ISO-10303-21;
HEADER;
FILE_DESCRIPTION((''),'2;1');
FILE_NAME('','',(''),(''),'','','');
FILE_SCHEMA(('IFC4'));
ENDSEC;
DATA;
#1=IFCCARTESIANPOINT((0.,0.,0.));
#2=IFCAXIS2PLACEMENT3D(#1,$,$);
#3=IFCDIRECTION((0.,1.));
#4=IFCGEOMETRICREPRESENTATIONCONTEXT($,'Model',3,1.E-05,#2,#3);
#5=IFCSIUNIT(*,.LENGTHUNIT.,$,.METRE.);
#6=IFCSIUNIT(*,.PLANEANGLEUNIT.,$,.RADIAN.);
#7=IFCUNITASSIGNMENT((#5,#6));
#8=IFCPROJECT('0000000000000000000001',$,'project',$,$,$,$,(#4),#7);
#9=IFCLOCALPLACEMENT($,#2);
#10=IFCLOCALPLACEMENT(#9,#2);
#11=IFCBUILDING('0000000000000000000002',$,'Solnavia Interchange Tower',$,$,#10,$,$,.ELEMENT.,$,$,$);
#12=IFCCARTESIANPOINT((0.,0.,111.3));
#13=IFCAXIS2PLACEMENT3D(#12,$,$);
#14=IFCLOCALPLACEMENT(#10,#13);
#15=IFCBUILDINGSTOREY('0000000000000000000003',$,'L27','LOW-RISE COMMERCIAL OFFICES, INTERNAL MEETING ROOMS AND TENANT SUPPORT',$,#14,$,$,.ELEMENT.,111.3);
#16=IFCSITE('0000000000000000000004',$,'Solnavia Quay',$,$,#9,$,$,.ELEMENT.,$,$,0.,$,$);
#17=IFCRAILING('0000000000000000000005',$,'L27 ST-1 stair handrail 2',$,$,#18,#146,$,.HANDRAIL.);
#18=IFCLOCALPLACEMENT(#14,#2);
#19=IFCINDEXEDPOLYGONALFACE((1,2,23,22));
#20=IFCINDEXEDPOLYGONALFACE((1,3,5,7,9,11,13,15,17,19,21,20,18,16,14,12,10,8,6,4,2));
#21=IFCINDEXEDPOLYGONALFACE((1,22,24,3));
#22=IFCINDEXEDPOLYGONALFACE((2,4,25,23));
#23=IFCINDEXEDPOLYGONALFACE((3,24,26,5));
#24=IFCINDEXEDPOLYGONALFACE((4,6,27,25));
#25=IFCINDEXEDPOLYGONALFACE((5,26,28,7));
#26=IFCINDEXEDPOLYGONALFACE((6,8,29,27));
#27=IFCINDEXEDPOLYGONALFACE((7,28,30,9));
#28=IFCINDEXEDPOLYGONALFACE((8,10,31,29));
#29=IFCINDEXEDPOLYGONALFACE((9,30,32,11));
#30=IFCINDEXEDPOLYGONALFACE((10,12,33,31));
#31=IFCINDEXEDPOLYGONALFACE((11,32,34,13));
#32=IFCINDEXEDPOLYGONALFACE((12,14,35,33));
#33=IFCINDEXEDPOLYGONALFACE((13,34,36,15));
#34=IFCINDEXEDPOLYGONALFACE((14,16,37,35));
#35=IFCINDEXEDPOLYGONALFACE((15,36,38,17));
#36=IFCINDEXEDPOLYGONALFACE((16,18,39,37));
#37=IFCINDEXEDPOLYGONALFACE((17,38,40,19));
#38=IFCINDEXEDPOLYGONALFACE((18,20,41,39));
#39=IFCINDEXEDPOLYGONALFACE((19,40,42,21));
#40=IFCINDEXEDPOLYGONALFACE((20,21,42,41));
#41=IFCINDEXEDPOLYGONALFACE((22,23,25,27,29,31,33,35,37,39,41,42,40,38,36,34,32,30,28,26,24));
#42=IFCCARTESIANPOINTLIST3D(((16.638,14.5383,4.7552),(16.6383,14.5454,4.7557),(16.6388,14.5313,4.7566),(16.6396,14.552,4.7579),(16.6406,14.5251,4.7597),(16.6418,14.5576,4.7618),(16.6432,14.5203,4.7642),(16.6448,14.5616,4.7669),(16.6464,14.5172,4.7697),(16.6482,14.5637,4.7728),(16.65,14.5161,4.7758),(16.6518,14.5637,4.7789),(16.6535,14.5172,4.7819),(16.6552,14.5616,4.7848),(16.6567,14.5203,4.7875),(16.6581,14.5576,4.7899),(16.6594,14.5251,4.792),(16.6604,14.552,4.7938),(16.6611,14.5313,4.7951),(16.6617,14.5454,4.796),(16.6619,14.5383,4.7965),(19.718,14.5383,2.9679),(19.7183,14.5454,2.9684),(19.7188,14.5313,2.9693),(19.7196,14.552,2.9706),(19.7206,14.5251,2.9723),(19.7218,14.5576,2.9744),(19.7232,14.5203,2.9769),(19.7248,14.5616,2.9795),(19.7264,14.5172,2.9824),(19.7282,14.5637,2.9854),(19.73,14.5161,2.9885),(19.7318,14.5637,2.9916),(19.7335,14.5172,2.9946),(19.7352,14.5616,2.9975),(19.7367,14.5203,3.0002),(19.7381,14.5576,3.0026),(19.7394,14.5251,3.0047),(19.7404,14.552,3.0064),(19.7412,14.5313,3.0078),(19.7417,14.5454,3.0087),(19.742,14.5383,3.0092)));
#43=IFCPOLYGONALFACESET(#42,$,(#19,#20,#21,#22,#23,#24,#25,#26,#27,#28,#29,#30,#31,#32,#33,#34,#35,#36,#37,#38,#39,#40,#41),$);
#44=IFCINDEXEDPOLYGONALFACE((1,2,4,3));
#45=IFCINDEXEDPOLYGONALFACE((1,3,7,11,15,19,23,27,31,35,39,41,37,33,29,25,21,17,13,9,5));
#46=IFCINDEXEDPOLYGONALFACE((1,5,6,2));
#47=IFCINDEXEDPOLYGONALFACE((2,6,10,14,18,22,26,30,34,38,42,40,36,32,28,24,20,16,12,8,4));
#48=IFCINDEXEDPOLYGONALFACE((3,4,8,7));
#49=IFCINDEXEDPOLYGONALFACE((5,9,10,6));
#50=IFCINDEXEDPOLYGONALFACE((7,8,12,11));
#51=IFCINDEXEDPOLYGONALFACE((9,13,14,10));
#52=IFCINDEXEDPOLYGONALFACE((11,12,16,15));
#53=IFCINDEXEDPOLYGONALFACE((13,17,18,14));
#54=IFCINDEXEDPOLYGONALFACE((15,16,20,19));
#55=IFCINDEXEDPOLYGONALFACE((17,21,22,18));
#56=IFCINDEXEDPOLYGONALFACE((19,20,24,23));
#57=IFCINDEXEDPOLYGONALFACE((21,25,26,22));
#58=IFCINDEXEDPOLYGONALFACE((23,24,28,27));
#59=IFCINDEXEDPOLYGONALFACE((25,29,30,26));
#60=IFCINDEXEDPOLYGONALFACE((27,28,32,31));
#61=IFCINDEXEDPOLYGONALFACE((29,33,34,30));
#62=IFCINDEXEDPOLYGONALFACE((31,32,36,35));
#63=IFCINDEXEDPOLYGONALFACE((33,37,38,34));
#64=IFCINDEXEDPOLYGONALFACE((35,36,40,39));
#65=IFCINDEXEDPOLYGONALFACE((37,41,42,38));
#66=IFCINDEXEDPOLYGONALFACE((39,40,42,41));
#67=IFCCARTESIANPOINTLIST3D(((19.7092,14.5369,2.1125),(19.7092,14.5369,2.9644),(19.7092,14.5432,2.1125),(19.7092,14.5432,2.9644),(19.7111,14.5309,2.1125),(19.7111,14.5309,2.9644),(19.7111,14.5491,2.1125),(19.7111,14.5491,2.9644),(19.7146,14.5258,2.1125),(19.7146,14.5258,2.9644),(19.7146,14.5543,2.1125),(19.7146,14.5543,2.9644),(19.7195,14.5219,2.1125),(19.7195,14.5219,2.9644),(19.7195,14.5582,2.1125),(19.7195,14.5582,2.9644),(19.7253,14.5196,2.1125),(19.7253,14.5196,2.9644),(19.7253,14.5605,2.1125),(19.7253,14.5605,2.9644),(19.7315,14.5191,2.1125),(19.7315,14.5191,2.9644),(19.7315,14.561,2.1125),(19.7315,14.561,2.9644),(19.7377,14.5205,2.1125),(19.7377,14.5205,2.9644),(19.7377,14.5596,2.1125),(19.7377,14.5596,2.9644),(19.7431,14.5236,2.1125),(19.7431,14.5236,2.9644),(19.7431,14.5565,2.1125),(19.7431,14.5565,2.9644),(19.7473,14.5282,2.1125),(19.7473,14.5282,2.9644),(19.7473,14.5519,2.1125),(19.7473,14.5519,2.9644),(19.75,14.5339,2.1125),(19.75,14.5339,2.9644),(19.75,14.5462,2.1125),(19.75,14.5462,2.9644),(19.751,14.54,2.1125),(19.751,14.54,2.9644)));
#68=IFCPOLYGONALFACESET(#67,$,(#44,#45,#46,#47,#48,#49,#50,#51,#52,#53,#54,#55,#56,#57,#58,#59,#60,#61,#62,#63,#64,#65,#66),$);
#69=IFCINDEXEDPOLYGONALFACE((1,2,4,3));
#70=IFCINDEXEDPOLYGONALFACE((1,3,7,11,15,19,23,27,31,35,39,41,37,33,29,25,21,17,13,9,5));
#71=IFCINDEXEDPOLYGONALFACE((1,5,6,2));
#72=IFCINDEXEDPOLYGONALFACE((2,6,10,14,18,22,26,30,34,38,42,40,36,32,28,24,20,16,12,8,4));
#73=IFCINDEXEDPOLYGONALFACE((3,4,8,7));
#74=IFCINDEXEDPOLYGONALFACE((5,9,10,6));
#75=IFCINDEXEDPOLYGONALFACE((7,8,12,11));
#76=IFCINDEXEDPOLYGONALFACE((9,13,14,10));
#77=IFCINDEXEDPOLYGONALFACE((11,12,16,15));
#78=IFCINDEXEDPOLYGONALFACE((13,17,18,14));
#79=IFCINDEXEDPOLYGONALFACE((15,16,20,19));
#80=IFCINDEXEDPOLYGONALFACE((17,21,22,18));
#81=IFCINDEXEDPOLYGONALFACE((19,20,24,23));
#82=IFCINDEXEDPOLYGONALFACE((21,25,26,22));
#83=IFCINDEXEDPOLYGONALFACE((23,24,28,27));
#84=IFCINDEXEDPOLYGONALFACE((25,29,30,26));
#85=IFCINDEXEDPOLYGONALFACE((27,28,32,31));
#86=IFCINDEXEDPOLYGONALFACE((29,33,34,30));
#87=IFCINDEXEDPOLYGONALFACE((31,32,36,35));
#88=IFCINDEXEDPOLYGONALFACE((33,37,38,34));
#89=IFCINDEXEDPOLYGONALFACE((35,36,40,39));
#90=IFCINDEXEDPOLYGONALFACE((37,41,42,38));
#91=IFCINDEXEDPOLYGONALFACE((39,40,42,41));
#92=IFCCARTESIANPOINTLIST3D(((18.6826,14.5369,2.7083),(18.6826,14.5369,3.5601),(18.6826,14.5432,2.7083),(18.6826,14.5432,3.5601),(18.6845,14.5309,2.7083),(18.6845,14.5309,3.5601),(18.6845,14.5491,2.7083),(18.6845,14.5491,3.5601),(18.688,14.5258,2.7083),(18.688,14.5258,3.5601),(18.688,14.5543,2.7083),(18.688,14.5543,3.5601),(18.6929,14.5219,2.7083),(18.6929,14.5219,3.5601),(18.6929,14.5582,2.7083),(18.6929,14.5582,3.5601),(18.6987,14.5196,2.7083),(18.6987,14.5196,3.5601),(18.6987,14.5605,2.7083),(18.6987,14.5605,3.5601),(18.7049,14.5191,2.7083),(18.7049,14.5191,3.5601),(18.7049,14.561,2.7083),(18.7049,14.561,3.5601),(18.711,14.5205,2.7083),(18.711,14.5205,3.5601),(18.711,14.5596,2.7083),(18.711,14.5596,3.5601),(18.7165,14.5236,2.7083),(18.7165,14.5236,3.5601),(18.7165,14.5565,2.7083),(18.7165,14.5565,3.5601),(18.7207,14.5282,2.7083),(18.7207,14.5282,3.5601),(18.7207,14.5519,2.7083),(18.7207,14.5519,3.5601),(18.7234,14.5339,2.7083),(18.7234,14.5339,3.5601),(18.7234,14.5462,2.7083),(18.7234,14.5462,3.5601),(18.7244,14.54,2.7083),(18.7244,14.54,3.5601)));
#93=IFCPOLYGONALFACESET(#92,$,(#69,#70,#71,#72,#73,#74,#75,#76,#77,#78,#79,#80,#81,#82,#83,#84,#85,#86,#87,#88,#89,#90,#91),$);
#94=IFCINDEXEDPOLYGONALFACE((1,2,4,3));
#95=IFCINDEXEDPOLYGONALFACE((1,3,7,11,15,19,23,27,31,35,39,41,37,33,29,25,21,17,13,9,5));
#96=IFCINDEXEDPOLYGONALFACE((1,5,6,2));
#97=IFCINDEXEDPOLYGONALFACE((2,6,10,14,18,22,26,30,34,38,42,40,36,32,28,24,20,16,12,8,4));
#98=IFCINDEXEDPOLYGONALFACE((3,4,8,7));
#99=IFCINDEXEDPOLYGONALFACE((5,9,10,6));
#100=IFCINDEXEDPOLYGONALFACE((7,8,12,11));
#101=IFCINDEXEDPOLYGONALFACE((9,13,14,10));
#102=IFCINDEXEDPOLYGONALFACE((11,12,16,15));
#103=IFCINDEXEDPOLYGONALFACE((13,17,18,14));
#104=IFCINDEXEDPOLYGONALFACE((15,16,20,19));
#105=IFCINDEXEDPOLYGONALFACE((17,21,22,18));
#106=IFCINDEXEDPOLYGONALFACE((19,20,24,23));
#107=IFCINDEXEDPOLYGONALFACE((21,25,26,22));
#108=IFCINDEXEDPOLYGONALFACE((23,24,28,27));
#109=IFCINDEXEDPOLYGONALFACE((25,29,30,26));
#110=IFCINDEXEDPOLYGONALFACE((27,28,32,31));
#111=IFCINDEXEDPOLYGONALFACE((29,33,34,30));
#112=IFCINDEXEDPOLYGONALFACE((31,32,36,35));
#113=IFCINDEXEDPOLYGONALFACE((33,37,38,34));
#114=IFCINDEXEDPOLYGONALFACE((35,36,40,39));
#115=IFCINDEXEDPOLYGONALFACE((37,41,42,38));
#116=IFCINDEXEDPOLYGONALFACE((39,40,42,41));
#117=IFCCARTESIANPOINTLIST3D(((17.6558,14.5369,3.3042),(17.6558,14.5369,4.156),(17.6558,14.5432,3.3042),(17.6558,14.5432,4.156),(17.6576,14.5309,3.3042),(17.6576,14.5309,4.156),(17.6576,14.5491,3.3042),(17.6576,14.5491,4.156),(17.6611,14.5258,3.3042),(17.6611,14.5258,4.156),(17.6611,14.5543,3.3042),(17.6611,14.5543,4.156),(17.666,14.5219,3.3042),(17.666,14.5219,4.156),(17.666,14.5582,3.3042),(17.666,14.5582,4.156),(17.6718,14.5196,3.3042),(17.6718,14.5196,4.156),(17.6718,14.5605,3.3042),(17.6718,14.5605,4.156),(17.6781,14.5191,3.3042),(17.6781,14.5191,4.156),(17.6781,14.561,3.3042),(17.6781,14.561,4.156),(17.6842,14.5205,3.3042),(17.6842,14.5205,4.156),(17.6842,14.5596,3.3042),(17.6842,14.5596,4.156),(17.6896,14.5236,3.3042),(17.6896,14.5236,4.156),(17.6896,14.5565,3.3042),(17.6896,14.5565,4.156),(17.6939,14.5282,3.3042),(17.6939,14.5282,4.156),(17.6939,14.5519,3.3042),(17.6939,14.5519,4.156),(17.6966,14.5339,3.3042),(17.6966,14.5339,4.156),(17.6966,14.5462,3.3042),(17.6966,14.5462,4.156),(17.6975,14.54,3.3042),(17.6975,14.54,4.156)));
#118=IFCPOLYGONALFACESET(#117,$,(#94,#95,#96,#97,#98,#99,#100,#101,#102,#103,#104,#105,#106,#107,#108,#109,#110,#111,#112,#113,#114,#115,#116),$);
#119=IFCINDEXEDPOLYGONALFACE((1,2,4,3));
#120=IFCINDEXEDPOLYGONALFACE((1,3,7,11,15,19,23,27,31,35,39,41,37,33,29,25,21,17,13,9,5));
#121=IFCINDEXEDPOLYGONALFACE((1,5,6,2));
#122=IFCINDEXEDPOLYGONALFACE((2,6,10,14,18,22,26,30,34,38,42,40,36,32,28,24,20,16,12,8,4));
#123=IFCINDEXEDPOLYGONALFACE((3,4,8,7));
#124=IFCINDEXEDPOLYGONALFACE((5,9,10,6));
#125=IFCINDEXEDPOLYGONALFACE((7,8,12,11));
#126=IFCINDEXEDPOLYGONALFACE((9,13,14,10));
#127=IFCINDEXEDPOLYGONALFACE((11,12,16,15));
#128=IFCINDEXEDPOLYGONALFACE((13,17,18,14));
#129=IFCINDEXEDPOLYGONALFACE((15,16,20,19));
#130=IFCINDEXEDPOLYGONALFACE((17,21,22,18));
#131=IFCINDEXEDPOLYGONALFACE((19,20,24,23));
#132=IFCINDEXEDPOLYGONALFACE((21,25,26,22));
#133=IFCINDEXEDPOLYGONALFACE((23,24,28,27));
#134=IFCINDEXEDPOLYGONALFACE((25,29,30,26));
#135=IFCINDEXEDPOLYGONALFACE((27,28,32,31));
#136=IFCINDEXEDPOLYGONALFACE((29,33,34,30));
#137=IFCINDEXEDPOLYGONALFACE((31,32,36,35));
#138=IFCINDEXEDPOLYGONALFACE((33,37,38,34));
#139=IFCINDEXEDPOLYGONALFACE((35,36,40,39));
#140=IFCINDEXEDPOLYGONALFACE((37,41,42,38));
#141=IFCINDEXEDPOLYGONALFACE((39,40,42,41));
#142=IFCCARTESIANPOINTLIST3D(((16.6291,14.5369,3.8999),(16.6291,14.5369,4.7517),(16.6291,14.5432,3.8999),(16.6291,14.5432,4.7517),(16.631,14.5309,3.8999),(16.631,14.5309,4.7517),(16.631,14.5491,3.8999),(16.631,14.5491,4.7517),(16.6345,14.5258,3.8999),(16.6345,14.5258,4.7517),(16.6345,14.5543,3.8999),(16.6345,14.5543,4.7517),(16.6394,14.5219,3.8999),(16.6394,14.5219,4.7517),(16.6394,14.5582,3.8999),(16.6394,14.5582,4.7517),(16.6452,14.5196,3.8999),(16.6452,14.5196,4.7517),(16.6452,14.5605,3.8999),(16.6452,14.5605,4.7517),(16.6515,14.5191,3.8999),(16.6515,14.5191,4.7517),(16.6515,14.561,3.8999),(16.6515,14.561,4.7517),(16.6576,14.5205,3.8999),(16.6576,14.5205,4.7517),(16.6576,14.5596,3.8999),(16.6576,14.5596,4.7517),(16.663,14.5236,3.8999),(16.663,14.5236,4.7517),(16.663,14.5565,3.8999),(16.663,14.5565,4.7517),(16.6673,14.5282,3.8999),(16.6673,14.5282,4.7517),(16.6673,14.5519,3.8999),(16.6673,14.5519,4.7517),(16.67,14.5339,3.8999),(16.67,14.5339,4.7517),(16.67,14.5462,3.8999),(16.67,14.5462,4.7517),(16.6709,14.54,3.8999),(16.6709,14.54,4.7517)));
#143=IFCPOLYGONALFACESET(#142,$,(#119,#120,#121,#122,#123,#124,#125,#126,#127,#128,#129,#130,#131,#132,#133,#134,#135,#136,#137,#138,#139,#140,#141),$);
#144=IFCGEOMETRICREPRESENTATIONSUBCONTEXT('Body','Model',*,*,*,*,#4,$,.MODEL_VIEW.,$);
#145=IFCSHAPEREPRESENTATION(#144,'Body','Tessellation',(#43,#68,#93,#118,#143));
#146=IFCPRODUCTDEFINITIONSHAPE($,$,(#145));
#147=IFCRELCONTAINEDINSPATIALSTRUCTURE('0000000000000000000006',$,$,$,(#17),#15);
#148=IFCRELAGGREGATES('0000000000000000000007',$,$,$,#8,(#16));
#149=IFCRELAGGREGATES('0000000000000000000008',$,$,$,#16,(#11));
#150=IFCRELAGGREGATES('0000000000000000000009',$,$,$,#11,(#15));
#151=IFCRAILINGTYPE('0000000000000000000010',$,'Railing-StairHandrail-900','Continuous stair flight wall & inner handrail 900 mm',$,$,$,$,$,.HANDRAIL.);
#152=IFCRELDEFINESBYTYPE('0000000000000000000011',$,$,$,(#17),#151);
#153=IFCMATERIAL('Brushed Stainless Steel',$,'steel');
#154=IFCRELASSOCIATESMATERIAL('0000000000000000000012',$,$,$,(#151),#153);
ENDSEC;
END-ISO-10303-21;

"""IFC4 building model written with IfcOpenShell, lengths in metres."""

from ifc_helpers import new_model, si_unit, direction, frame, origin, origin_2d, place, context, subcontext, project, spatial, circle, extrude, material, type_object, element, save


model = new_model("IFC4")

# Units and contexts
model_context = context("Model", 3, precision=1e-05, world=origin(), true_north=direction((0.0, 1.0)))
body_context = subcontext(model_context, "Body", "Model", "MODEL_VIEW")
ifc_project = project(units=[si_unit("LENGTHUNIT", "METRE"), si_unit("PLANEANGLEUNIT", "RADIAN")], contexts=[model_context])

# Site, building, storey
site_placement = place(None, origin())
site = spatial("IfcSite", under=ifc_project, at=site_placement, Name="Solnavia Quay", CompositionType="ELEMENT", RefElevation=0.0)
building_placement = place(site_placement, origin())
building = spatial("IfcBuilding", under=site, at=building_placement, Name="Solnavia Interchange Tower", CompositionType="ELEMENT")
storey_placement = place(building_placement, frame((0.0, 0.0, 111.3)))
storey = spatial("IfcBuildingStorey", under=building, at=storey_placement, Name="L27", Description="LOW-RISE COMMERCIAL OFFICES, INTERNAL MEETING ROOMS AND TENANT SUPPORT", CompositionType="ELEMENT", Elevation=111.3)

# Railing
ifc_material_1 = material(Name="Brushed Stainless Steel", Category="steel")
railing_type_1 = type_object("IfcRailingType", Name="Railing-StairHandrail-900", Description="Continuous stair flight wall & inner handrail 900 mm", PredefinedType="HANDRAIL", material=ifc_material_1)
railing_1_placement = place(storey_placement, frame((19.73, 14.54, 2.1125)))
element("IfcRailing", 1, at=railing_1_placement, inside=storey, type_object=railing_type_1, Name="L27 ST-1 stair handrail 2", PredefinedType="HANDRAIL", context=body_context, shape_type="SweptSolid", body=[
    extrude(circle(Radius=0.0239, at=origin_2d()), frame((0.0, 0.0, 0.876), z_axis=(-0.86492, 0.0, 0.501909), x_axis=(0.0, -1.0, 0.0)), (0.0, 0.0, 1.0), 3.561),
    extrude(circle(Radius=0.021, at=origin_2d()), origin(), (0.0, 0.0, 1.0), 0.8518),
    extrude(circle(Radius=0.021, at=origin_2d()), frame((-1.0266, 0.0, 0.5957)), (0.0, 0.0, 1.0), 0.8518),
    extrude(circle(Radius=0.021, at=origin_2d()), frame((-2.0535, 0.0, 1.1917)), (0.0, 0.0, 1.0), 0.8518),
    extrude(circle(Radius=0.021, at=origin_2d()), frame((-3.0801, 0.0, 1.7874)), (0.0, 0.0, 1.0), 0.8518),
])

save(model, "model.ifc")
